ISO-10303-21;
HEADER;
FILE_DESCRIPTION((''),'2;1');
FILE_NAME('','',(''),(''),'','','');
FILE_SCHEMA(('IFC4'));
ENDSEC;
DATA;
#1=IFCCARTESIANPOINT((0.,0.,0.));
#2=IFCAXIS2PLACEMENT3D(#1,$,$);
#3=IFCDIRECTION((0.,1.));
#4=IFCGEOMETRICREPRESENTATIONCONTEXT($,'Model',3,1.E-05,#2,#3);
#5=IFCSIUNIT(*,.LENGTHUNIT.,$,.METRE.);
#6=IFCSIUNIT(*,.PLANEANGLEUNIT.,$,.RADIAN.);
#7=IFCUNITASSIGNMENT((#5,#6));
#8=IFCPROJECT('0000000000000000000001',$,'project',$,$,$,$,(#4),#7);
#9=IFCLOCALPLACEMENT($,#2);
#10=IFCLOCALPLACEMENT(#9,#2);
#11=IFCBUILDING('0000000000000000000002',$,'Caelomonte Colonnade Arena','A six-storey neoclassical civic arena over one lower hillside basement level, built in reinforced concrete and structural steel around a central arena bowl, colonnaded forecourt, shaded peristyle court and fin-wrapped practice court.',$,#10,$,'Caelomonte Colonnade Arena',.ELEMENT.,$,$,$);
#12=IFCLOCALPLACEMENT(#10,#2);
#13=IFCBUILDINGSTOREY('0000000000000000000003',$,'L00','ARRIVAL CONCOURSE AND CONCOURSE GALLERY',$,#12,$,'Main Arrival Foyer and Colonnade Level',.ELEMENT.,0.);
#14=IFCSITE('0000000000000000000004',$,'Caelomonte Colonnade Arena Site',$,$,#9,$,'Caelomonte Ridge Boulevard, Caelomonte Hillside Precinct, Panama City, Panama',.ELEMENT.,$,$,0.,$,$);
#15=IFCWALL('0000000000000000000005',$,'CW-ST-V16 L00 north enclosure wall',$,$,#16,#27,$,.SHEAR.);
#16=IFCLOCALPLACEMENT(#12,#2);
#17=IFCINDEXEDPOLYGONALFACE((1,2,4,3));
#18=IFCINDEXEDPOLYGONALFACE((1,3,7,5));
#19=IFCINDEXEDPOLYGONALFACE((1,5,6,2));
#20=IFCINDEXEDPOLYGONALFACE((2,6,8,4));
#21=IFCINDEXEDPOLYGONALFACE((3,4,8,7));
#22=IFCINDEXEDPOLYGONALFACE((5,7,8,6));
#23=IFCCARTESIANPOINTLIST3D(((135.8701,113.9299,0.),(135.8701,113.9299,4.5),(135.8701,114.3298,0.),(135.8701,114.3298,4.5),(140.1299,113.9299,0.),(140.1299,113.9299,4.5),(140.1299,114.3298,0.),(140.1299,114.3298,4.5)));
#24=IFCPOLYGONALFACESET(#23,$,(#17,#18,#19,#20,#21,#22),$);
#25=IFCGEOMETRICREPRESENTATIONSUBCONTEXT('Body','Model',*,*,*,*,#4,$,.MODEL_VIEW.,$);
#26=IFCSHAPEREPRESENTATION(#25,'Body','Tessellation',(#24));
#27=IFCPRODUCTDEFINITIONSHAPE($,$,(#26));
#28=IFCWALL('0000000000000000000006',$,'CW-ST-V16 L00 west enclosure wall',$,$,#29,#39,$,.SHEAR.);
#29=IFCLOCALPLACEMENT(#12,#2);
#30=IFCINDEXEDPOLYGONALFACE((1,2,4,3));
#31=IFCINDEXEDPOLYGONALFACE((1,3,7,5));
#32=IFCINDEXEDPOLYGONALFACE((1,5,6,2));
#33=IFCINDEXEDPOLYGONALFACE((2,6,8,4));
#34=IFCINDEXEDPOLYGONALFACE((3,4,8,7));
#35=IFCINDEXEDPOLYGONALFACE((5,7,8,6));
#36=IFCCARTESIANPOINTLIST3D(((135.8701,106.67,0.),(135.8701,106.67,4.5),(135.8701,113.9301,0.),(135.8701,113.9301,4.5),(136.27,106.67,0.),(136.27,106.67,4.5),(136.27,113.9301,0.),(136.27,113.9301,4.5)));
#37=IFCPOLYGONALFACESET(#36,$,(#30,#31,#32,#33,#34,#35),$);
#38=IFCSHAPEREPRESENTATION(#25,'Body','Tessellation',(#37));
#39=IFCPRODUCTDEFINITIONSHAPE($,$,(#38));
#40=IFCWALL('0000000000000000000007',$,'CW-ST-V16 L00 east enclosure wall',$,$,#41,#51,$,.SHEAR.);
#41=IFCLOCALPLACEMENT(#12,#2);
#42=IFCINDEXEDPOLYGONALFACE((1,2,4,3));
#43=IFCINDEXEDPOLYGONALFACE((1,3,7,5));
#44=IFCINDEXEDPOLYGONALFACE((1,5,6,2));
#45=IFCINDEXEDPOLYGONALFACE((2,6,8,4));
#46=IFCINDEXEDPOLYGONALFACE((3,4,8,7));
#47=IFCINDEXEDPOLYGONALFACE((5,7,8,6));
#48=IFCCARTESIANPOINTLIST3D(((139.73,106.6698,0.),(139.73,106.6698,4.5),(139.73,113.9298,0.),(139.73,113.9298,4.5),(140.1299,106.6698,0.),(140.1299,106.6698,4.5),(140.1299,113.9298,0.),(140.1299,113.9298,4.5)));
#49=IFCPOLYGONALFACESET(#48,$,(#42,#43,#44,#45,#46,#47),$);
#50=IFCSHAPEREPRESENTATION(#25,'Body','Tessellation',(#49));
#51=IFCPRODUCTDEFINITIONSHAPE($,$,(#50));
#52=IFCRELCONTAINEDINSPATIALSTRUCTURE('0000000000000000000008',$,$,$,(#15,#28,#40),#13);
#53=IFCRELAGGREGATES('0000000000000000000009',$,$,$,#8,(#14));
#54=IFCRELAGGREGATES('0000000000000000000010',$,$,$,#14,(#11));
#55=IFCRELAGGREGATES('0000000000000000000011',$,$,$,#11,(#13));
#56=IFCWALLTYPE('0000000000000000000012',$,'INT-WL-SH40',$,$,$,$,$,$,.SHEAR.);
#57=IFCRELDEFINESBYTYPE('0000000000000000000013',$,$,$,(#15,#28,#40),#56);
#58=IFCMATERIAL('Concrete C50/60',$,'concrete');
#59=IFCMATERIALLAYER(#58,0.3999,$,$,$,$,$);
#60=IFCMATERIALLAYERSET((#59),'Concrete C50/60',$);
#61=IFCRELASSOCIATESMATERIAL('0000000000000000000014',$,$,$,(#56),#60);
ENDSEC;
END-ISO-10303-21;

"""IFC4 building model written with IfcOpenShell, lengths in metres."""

from ifc_helpers import new_model, si_unit, direction, frame, frame_2d, origin, place, context, subcontext, project, spatial, rectangle, extrude, material, layer, layer_set, type_object, element, save


model = new_model("IFC4")

# Units and contexts
model_context = context("Model", 3, precision=1e-05, world=origin(), true_north=direction((0.0, 1.0)))
body_context = subcontext(model_context, "Body", "Model", "MODEL_VIEW")
ifc_project = project(units=[si_unit("LENGTHUNIT", "METRE"), si_unit("PLANEANGLEUNIT", "RADIAN")], contexts=[model_context])

# Site, building, storey
site_placement = place(None, origin())
site = spatial("IfcSite", under=ifc_project, at=site_placement, Name="Caelomonte Colonnade Arena Site", LongName="Caelomonte Ridge Boulevard, Caelomonte Hillside Precinct, Panama City, Panama", CompositionType="ELEMENT", RefElevation=0.0)
building_placement = place(site_placement, origin())
building = spatial("IfcBuilding", under=site, at=building_placement, Name="Caelomonte Colonnade Arena", Description="A six-storey neoclassical civic arena over one lower hillside basement level, built in reinforced concrete and structural steel around a central arena bowl, colonnaded forecourt, shaded peristyle court and fin-wrapped practice court.", LongName="Caelomonte Colonnade Arena", CompositionType="ELEMENT")
storey_placement = place(building_placement, origin())
storey = spatial("IfcBuildingStorey", under=building, at=storey_placement, Name="L00", Description="ARRIVAL CONCOURSE AND CONCOURSE GALLERY", LongName="Main Arrival Foyer and Colonnade Level", CompositionType="ELEMENT", Elevation=0.0)

# Walls
ifc_material_1 = material(Name="Concrete C50/60", Category="concrete")
ifc_layer_1 = layer(ifc_material_1, 0.3999)
ifc_layer_set_1 = layer_set([ifc_layer_1], Name="Concrete C50/60")
wall_type = type_object("IfcWallType", Name="INT-WL-SH40", PredefinedType="SHEAR", material=ifc_layer_set_1)
for number, where, z_axis, x_axis, name in (
    (1, (140.1299, 114.1299, 0.0), (0.0, 0.0, 1.0), (-1.0, 0.0, 0.0), "CW-ST-V16 L00 north enclosure wall"),
):
    element("IfcWall", number, at=place(storey_placement, frame(where, z_axis=z_axis, x_axis=x_axis)), inside=storey, type_object=wall_type, Name=name, PredefinedType="SHEAR", context=body_context, shape_type="SweptSolid", body=[
        extrude(rectangle(XDim=4.2598, YDim=0.3999, at=frame_2d((2.1299, 0.0))), origin(), (0.0, 0.0, 1.0), 4.5),
    ])
for number, where, z_axis, x_axis, name in (
    (2, (136.0701, 113.9299, 0.0), (0.0, 0.0, 1.0), (0.0, -1.0, 0.0), "CW-ST-V16 L00 west enclosure wall"),
    (3, (139.9299, 106.6699, 0.0), (0.0, 0.0, 1.0), (0.0, 1.0, 0.0), "CW-ST-V16 L00 east enclosure wall"),
):
    element("IfcWall", number, at=place(storey_placement, frame(where, z_axis=z_axis, x_axis=x_axis)), inside=storey, type_object=wall_type, Name=name, PredefinedType="SHEAR", context=body_context, shape_type="SweptSolid", body=[
        extrude(rectangle(XDim=7.26, YDim=0.3999, at=frame_2d((3.6299, 0.0))), origin(), (0.0, 0.0, 1.0), 4.5),
    ])

save(model, "model.ifc")
